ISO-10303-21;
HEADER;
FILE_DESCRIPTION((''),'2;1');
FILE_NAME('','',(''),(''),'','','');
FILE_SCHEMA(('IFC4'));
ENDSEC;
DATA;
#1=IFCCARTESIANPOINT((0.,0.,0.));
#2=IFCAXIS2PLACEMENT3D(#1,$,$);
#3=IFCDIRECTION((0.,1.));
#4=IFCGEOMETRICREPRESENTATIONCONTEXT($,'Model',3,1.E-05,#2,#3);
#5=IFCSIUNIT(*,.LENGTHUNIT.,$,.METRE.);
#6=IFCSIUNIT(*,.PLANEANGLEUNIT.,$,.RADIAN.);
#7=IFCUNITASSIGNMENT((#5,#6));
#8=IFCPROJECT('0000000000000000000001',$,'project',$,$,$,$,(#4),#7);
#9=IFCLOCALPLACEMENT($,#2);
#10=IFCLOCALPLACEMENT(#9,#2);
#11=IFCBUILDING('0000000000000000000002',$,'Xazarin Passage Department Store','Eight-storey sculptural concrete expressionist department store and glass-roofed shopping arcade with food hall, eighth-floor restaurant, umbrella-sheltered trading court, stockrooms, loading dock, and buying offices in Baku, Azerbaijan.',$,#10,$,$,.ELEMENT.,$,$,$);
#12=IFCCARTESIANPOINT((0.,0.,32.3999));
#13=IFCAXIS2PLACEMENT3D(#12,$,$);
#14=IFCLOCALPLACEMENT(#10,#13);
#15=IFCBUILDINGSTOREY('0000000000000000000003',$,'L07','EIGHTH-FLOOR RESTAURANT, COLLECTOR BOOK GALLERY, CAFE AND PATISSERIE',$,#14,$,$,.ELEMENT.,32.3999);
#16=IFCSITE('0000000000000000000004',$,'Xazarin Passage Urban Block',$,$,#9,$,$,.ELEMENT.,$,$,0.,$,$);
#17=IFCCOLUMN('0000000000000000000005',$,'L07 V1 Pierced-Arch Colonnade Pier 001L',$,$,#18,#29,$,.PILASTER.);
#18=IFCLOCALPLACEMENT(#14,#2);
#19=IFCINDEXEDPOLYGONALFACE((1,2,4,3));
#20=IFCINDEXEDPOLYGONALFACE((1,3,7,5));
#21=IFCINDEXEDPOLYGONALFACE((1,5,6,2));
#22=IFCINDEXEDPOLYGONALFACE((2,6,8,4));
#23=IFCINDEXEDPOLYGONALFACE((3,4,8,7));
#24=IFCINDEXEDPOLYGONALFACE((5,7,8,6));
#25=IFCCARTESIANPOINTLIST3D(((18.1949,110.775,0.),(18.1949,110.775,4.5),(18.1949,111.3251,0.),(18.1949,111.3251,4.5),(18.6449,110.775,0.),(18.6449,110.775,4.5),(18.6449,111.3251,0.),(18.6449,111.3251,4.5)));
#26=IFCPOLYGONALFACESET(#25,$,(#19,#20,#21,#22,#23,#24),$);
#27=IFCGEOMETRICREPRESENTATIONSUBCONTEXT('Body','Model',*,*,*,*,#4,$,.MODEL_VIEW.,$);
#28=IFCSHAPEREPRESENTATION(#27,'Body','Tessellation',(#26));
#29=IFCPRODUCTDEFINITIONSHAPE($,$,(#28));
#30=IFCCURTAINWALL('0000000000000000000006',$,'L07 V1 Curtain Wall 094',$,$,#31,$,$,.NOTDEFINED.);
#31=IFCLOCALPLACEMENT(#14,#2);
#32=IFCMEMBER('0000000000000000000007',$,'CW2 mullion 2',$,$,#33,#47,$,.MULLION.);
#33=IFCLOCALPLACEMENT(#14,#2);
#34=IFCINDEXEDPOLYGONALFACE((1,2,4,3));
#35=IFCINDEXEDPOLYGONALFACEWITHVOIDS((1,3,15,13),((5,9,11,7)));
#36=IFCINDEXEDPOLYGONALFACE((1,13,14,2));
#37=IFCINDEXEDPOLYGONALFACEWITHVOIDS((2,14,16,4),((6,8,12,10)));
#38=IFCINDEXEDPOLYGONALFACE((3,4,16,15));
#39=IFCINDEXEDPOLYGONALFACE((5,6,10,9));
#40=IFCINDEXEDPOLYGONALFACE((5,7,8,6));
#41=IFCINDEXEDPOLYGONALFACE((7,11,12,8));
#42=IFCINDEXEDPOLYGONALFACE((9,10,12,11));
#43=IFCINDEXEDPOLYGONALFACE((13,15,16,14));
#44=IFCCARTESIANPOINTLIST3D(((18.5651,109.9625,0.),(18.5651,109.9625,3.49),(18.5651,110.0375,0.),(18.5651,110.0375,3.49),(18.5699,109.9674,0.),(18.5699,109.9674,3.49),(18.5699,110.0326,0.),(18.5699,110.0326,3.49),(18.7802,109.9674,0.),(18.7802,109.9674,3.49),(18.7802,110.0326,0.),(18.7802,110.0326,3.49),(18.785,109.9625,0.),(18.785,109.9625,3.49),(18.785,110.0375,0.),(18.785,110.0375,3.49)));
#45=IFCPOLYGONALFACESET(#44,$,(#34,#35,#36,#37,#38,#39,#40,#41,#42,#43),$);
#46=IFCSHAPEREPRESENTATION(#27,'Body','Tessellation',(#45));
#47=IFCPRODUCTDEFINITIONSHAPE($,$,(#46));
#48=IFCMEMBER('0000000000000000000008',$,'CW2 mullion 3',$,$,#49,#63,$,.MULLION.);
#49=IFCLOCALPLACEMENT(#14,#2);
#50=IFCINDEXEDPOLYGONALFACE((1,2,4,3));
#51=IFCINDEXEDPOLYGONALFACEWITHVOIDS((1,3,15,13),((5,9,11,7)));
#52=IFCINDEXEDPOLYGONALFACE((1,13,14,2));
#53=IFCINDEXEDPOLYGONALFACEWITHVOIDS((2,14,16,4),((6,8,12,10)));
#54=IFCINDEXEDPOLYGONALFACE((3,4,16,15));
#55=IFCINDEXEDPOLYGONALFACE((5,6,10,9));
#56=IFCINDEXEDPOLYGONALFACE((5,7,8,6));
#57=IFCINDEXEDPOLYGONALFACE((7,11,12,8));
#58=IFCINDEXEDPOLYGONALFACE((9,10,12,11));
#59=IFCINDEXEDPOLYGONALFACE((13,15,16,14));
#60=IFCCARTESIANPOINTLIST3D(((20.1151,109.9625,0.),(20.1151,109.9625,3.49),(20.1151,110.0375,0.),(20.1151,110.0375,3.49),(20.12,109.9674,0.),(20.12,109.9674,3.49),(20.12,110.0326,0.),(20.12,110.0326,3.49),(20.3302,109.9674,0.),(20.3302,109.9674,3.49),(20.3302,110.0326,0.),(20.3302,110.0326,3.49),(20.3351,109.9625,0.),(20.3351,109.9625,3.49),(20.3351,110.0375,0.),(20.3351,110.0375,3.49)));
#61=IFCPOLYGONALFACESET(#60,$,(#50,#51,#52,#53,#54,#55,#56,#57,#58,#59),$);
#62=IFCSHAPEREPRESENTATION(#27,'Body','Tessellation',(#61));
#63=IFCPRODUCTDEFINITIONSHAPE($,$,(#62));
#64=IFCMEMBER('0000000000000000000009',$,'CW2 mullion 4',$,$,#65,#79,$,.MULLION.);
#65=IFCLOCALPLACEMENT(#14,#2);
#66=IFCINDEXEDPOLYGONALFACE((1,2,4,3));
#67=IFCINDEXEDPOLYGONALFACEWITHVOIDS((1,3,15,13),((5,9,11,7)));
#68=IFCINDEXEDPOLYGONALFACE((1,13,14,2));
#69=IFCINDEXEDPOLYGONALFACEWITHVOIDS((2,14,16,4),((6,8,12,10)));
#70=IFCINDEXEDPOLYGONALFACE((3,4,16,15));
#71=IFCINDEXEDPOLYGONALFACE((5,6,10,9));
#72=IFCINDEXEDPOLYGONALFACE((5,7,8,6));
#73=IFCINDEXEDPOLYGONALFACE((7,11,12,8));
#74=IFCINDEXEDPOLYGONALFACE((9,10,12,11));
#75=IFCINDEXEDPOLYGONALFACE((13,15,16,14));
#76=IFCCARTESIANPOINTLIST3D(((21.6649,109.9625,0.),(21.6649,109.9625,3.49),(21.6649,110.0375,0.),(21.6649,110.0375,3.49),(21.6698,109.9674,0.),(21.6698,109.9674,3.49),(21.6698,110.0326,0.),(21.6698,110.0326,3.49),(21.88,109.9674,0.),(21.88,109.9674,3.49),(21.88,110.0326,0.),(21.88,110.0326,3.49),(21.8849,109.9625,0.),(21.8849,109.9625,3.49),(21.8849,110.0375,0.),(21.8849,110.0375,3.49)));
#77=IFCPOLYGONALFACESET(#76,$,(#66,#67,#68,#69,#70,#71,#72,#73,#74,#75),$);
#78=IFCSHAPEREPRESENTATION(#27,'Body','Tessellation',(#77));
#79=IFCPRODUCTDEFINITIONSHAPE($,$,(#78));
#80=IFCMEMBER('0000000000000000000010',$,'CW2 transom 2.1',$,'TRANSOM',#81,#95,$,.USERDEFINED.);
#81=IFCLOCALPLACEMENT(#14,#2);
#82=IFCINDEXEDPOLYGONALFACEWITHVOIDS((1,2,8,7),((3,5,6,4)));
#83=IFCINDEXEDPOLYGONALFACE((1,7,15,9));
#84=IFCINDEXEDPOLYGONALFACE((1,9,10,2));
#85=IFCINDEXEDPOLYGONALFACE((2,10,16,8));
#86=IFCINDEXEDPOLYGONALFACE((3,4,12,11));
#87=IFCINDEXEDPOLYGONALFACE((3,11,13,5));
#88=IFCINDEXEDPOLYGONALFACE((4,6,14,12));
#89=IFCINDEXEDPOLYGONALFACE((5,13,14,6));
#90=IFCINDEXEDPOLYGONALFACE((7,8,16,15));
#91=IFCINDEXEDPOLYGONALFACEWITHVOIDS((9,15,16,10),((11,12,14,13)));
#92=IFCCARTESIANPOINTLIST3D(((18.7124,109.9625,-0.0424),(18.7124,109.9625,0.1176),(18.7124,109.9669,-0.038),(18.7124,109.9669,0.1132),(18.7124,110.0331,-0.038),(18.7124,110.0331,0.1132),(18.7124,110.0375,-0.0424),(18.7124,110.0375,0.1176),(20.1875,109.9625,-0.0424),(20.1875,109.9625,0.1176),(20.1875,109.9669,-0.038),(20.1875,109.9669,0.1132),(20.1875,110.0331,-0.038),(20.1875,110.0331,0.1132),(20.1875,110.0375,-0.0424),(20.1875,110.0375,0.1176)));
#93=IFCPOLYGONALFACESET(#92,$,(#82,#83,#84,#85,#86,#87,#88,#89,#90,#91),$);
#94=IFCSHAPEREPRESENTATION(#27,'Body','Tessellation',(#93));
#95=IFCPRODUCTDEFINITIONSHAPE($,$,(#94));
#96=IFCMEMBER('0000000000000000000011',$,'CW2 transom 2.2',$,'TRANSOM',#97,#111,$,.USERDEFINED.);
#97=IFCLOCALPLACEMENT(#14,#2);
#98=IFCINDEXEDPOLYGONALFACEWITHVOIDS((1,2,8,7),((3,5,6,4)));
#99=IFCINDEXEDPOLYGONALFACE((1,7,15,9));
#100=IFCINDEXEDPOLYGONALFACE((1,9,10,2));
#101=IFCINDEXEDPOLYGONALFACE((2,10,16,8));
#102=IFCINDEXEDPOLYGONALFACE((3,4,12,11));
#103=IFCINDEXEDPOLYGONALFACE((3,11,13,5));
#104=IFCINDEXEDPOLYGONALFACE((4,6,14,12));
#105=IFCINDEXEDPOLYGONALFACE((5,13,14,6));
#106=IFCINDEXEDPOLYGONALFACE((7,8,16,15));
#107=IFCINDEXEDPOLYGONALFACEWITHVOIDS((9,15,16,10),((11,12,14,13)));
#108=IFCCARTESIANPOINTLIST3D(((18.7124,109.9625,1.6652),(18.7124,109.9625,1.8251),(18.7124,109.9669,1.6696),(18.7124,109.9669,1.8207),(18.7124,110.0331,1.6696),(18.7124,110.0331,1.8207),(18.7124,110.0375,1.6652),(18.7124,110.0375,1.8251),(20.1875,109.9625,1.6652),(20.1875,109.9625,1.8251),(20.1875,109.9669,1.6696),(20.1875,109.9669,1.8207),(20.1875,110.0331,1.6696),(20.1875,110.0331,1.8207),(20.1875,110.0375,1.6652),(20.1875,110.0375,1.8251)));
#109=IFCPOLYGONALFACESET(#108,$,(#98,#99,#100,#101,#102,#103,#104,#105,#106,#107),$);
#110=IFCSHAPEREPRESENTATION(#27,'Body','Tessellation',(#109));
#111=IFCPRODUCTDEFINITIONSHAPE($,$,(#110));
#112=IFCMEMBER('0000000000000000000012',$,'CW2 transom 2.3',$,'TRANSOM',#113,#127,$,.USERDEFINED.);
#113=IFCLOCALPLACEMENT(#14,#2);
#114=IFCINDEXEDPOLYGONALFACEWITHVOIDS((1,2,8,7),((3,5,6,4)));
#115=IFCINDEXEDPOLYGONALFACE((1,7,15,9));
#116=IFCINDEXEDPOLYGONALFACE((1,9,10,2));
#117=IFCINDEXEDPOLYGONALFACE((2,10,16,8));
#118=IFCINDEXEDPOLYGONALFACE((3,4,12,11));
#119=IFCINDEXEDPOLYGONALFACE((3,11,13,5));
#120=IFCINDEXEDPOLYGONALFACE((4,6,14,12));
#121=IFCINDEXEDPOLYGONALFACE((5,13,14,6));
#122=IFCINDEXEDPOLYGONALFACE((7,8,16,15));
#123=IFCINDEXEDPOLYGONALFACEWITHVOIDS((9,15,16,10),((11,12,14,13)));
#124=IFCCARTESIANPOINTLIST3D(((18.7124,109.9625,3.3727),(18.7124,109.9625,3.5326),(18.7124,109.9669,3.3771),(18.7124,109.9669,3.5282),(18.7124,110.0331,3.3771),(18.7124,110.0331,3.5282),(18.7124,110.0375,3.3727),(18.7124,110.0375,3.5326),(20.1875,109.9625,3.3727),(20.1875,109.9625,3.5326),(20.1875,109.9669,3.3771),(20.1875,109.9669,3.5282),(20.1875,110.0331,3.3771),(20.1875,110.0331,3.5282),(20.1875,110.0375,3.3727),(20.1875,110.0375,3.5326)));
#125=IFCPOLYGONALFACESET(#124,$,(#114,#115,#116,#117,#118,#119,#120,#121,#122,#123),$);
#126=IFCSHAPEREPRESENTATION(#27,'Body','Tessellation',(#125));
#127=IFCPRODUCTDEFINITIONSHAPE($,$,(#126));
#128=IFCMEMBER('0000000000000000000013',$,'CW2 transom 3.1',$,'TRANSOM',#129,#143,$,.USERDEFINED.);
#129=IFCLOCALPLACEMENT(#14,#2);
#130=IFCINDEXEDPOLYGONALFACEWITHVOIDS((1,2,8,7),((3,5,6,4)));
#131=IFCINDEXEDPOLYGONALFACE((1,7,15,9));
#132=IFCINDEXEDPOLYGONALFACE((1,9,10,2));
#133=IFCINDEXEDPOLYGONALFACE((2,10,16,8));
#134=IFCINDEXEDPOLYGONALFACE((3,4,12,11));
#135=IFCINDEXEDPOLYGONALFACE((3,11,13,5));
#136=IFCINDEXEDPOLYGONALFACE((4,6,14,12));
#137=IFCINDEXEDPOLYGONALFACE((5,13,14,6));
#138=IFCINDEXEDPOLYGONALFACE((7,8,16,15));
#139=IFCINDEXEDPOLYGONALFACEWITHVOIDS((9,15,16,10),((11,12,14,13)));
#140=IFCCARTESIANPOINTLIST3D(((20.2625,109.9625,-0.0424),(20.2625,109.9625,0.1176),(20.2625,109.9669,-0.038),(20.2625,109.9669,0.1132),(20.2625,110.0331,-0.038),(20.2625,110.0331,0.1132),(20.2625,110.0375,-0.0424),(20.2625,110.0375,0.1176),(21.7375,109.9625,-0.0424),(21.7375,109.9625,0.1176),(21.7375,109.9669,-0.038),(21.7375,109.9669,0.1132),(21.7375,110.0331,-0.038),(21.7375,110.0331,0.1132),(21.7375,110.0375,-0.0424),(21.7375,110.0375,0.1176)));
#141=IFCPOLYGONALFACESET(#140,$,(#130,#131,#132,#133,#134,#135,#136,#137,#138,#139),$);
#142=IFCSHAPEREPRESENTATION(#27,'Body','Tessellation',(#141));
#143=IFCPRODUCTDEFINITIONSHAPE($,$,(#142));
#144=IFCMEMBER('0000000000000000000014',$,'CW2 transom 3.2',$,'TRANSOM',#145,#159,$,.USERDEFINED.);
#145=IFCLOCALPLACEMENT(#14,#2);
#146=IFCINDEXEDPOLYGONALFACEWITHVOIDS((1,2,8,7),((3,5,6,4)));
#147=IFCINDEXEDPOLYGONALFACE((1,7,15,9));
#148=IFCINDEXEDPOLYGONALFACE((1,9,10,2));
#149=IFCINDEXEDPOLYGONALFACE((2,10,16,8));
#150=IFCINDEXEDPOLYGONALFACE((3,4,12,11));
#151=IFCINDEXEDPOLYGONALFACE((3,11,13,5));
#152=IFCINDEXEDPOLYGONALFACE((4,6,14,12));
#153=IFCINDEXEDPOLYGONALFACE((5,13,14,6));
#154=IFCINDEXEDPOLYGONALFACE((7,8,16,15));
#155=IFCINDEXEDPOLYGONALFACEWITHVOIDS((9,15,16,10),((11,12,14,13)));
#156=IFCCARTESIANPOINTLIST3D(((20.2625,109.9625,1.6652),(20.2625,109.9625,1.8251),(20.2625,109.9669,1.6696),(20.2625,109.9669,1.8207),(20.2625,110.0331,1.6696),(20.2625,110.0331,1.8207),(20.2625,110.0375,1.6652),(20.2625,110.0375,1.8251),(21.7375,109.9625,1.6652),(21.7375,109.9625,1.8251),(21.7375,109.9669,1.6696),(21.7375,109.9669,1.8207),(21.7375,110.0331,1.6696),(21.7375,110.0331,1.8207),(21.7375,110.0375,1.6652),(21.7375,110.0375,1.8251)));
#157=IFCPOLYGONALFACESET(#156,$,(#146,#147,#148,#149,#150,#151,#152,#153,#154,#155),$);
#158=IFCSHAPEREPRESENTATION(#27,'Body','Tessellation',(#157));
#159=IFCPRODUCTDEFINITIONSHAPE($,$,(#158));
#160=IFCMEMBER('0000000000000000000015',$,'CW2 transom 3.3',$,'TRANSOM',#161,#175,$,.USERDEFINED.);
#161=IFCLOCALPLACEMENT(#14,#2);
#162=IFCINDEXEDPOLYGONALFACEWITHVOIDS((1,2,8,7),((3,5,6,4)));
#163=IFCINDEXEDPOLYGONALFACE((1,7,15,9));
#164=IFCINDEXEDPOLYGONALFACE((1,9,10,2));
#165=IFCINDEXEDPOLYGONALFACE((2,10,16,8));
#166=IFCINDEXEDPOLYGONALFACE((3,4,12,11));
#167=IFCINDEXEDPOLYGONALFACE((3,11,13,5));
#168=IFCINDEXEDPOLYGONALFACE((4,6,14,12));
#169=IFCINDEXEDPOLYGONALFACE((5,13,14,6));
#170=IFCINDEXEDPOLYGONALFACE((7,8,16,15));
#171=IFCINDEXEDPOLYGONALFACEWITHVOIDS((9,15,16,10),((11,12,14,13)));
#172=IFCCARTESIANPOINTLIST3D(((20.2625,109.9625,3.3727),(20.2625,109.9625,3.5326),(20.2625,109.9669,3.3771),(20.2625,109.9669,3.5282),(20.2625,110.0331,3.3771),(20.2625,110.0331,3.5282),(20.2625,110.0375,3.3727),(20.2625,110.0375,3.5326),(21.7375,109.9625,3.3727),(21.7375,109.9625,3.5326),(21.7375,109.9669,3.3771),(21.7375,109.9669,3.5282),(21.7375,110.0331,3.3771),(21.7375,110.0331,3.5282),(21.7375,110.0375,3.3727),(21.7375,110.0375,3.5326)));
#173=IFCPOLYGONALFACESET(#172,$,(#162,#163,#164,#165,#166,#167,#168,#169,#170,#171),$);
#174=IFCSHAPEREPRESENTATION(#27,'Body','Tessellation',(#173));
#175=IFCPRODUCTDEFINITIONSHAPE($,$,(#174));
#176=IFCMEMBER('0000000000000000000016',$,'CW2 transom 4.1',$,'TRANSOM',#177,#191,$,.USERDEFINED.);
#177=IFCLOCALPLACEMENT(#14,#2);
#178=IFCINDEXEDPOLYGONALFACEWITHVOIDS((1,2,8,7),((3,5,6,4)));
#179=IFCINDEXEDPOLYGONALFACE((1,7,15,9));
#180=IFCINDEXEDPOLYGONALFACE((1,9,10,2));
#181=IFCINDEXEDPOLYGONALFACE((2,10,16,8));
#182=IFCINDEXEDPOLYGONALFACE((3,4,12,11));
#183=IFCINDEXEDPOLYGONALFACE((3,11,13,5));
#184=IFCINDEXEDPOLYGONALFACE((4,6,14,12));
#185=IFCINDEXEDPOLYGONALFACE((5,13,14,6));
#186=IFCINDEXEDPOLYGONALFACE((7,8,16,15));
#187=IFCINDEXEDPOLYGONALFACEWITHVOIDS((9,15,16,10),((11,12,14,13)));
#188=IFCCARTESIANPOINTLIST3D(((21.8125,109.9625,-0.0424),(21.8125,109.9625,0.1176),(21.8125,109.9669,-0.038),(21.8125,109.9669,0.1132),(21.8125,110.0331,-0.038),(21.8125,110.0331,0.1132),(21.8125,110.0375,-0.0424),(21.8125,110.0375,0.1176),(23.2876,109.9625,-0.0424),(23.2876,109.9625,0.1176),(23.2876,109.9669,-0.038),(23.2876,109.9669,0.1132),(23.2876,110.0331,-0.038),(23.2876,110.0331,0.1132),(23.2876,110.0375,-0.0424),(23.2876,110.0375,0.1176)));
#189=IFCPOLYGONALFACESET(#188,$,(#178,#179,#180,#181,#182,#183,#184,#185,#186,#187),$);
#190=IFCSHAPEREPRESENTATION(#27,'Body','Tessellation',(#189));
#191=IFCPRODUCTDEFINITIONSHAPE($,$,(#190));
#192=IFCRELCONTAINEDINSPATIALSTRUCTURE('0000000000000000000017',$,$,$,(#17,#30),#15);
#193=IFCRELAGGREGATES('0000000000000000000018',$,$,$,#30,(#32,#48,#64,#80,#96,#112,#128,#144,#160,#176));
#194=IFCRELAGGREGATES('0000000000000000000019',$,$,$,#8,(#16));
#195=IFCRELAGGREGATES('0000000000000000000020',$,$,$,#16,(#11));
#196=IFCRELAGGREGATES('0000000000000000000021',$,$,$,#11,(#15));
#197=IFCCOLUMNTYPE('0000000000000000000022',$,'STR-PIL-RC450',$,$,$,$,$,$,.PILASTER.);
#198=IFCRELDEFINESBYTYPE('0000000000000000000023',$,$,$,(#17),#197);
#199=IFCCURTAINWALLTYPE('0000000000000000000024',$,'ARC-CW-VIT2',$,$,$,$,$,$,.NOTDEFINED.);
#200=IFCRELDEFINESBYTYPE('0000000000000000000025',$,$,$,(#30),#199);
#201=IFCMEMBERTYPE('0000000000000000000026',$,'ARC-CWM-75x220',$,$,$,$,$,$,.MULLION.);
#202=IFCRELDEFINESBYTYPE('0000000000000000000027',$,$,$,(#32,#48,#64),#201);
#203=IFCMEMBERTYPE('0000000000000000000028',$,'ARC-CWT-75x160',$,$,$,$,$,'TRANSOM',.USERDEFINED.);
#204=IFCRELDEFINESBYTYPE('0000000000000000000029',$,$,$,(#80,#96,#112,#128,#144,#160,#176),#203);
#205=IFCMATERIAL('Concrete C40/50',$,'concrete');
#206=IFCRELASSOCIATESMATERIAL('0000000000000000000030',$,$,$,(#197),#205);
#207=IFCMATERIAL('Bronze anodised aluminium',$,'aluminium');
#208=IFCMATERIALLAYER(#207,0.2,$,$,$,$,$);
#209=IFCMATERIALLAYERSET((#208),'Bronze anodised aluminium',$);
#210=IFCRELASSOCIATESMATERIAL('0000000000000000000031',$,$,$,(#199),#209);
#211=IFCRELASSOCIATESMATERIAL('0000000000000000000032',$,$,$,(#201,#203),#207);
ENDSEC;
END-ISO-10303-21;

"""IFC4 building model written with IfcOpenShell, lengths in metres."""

from ifc_helpers import new_model, si_unit, direction, frame, origin, origin_2d, place, context, subcontext, project, spatial, rectangle, hollow_rectangle, extrude, material, layer, layer_set, material_profile, profile_set, type_object, element, aggregate, save


model = new_model("IFC4")

# Units and contexts
model_context = context("Model", 3, precision=1e-05, world=origin(), true_north=direction((0.0, 1.0)))
body_context = subcontext(model_context, "Body", "Model", "MODEL_VIEW")
ifc_project = project(units=[si_unit("LENGTHUNIT", "METRE"), si_unit("PLANEANGLEUNIT", "RADIAN")], contexts=[model_context])

# Site, building, storey
site_placement = place(None, origin())
site = spatial("IfcSite", under=ifc_project, at=site_placement, Name="Xazarin Passage Urban Block", CompositionType="ELEMENT", RefElevation=0.0)
building_placement = place(site_placement, origin())
building = spatial("IfcBuilding", under=site, at=building_placement, Name="Xazarin Passage Department Store", Description="Eight-storey sculptural concrete expressionist department store and glass-roofed shopping arcade with food hall, eighth-floor restaurant, umbrella-sheltered trading court, stockrooms, loading dock, and buying offices in Baku, Azerbaijan.", CompositionType="ELEMENT")
storey_placement = place(building_placement, frame((0.0, 0.0, 32.3999)))
storey = spatial("IfcBuildingStorey", under=building, at=storey_placement, Name="L07", Description="EIGHTH-FLOOR RESTAURANT, COLLECTOR BOOK GALLERY, CAFE AND PATISSERIE", CompositionType="ELEMENT", Elevation=32.3999)

# Column
ifc_material_1 = material(Name="Concrete C40/50", Category="concrete")
ifc_material_profile_1 = material_profile(ifc_material_1, rectangle(XDim=0.45, YDim=0.55, at=origin_2d()), Name="RC 450x550")
ifc_profile_set_1 = profile_set([ifc_material_profile_1], Name="Concrete C40/50")
column_type = type_object("IfcColumnType", Name="STR-PIL-RC450", PredefinedType="PILASTER", material=ifc_profile_set_1)
column_placement = place(storey_placement, frame((18.4199, 111.05, 0.0), z_axis=(0.0, 0.0, 1.0), x_axis=(1.0, 0.0, 0.0)))
element("IfcColumn", 1, at=column_placement, inside=storey, type_object=column_type, Name="L07 V1 Pierced-Arch Colonnade Pier 001L", PredefinedType="PILASTER", context=body_context, shape_type="SweptSolid", body=[
    extrude(rectangle(XDim=0.45, YDim=0.55, at=origin_2d()), origin(), (0.0, 0.0, 1.0), 4.5),
])

# Curtain wall, members
ifc_material_2 = material(Name="Bronze anodised aluminium", Category="aluminium")
ifc_layer_1 = layer(ifc_material_2, 0.2)
ifc_layer_set_1 = layer_set([ifc_layer_1], Name="Bronze anodised aluminium")
curtain_wall_type = type_object("IfcCurtainWallType", Name="ARC-CW-VIT2", PredefinedType="NOTDEFINED", material=ifc_layer_set_1)
curtain_wall_placement = place(storey_placement, origin())
curtain_wall = element("IfcCurtainWall", 2, at=curtain_wall_placement, inside=storey, type_object=curtain_wall_type, Name="L07 V1 Curtain Wall 094", PredefinedType="NOTDEFINED")
ifc_material_profile_2 = material_profile(ifc_material_2, hollow_rectangle(XDim=0.075, YDim=0.22, WallThickness=0.0049, at=origin_2d()), Name="ALU 75x220")
ifc_profile_set_2 = profile_set([ifc_material_profile_2], Name="Bronze anodised aluminium")
member_type_1 = type_object("IfcMemberType", Name="ARC-CWM-75x220", PredefinedType="MULLION", material=ifc_profile_set_2)
member_1_placement = place(storey_placement, frame((18.675, 110.0, 0.0), z_axis=(0.0, 0.0, 1.0), x_axis=(0.0, 1.0, 0.0)))
member_1 = element("IfcMember", 3, at=member_1_placement, type_object=member_type_1, Name="CW2 mullion 2", PredefinedType="MULLION", context=body_context, shape_type="SweptSolid", body=[
    extrude(hollow_rectangle(XDim=0.075, YDim=0.22, WallThickness=0.0049, at=origin_2d()), origin(), (0.0, 0.0, 1.0), 3.49),
])
member_2_placement = place(storey_placement, frame((20.2251, 110.0, 0.0), z_axis=(0.0, 0.0, 1.0), x_axis=(0.0, 1.0, 0.0)))
member_2 = element("IfcMember", 4, at=member_2_placement, type_object=member_type_1, Name="CW2 mullion 3", PredefinedType="MULLION", context=body_context, shape_type="SweptSolid", body=[
    extrude(hollow_rectangle(XDim=0.075, YDim=0.22, WallThickness=0.0049, at=origin_2d()), origin(), (0.0, 0.0, 1.0), 3.49),
])
member_3_placement = place(storey_placement, frame((21.7749, 110.0, 0.0), z_axis=(0.0, 0.0, 1.0), x_axis=(0.0, 1.0, 0.0)))
member_3 = element("IfcMember", 5, at=member_3_placement, type_object=member_type_1, Name="CW2 mullion 4", PredefinedType="MULLION", context=body_context, shape_type="SweptSolid", body=[
    extrude(hollow_rectangle(XDim=0.075, YDim=0.22, WallThickness=0.0049, at=origin_2d()), origin(), (0.0, 0.0, 1.0), 3.49),
])
ifc_material_profile_3 = material_profile(ifc_material_2, hollow_rectangle(XDim=0.075, YDim=0.1599, WallThickness=0.0044, at=origin_2d()), Name="ALU 75x160")
ifc_profile_set_3 = profile_set([ifc_material_profile_3], Name="Bronze anodised aluminium")
member_type_2 = type_object("IfcMemberType", Name="ARC-CWT-75x160", ElementType="TRANSOM", PredefinedType="USERDEFINED", material=ifc_profile_set_3)
member_4_placement = place(storey_placement, frame((18.7124, 110.0, 0.0376), z_axis=(1.0, 0.0, 0.0), x_axis=(0.0, 1.0, 0.0)))
member_4 = element("IfcMember", 6, at=member_4_placement, type_object=member_type_2, Name="CW2 transom 2.1", ObjectType="TRANSOM", PredefinedType="USERDEFINED", context=body_context, shape_type="SweptSolid", body=[
    extrude(hollow_rectangle(XDim=0.075, YDim=0.1599, WallThickness=0.0044, at=origin_2d()), origin(), (0.0, 0.0, 1.0), 1.4751),
])
member_5_placement = place(storey_placement, frame((18.7124, 110.0, 1.7451), z_axis=(1.0, 0.0, 0.0), x_axis=(0.0, 1.0, 0.0)))
member_5 = element("IfcMember", 7, at=member_5_placement, type_object=member_type_2, Name="CW2 transom 2.2", ObjectType="TRANSOM", PredefinedType="USERDEFINED", context=body_context, shape_type="SweptSolid", body=[
    extrude(hollow_rectangle(XDim=0.075, YDim=0.1599, WallThickness=0.0044, at=origin_2d()), origin(), (0.0, 0.0, 1.0), 1.4751),
])
member_6_placement = place(storey_placement, frame((18.7124, 110.0, 3.4526), z_axis=(1.0, 0.0, 0.0), x_axis=(0.0, 1.0, 0.0)))
member_6 = element("IfcMember", 8, at=member_6_placement, type_object=member_type_2, Name="CW2 transom 2.3", ObjectType="TRANSOM", PredefinedType="USERDEFINED", context=body_context, shape_type="SweptSolid", body=[
    extrude(hollow_rectangle(XDim=0.075, YDim=0.1599, WallThickness=0.0044, at=origin_2d()), origin(), (0.0, 0.0, 1.0), 1.4751),
])
member_7_placement = place(storey_placement, frame((20.2625, 110.0, 0.0376), z_axis=(1.0, 0.0, 0.0), x_axis=(0.0, 1.0, 0.0)))
member_7 = element("IfcMember", 9, at=member_7_placement, type_object=member_type_2, Name="CW2 transom 3.1", ObjectType="TRANSOM", PredefinedType="USERDEFINED", context=body_context, shape_type="SweptSolid", body=[
    extrude(hollow_rectangle(XDim=0.075, YDim=0.1599, WallThickness=0.0044, at=origin_2d()), origin(), (0.0, 0.0, 1.0), 1.4751),
])
member_8_placement = place(storey_placement, frame((20.2625, 110.0, 1.7451), z_axis=(1.0, 0.0, 0.0), x_axis=(0.0, 1.0, 0.0)))
member_8 = element("IfcMember", 10, at=member_8_placement, type_object=member_type_2, Name="CW2 transom 3.2", ObjectType="TRANSOM", PredefinedType="USERDEFINED", context=body_context, shape_type="SweptSolid", body=[
    extrude(hollow_rectangle(XDim=0.075, YDim=0.1599, WallThickness=0.0044, at=origin_2d()), origin(), (0.0, 0.0, 1.0), 1.4751),
])
member_9_placement = place(storey_placement, frame((20.2625, 110.0, 3.4526), z_axis=(1.0, 0.0, 0.0), x_axis=(0.0, 1.0, 0.0)))
member_9 = element("IfcMember", 11, at=member_9_placement, type_object=member_type_2, Name="CW2 transom 3.3", ObjectType="TRANSOM", PredefinedType="USERDEFINED", context=body_context, shape_type="SweptSolid", body=[
    extrude(hollow_rectangle(XDim=0.075, YDim=0.1599, WallThickness=0.0044, at=origin_2d()), origin(), (0.0, 0.0, 1.0), 1.4751),
])
member_10_placement = place(storey_placement, frame((21.8125, 110.0, 0.0376), z_axis=(1.0, 0.0, 0.0), x_axis=(0.0, 1.0, 0.0)))
member_10 = element("IfcMember", 12, at=member_10_placement, type_object=member_type_2, Name="CW2 transom 4.1", ObjectType="TRANSOM", PredefinedType="USERDEFINED", context=body_context, shape_type="SweptSolid", body=[
    extrude(hollow_rectangle(XDim=0.075, YDim=0.1599, WallThickness=0.0044, at=origin_2d()), origin(), (0.0, 0.0, 1.0), 1.4751),
])

aggregate(curtain_wall, [member_1, member_2, member_3, member_4, member_5, member_6, member_7, member_8, member_9, member_10])

save(model, "model.ifc")
